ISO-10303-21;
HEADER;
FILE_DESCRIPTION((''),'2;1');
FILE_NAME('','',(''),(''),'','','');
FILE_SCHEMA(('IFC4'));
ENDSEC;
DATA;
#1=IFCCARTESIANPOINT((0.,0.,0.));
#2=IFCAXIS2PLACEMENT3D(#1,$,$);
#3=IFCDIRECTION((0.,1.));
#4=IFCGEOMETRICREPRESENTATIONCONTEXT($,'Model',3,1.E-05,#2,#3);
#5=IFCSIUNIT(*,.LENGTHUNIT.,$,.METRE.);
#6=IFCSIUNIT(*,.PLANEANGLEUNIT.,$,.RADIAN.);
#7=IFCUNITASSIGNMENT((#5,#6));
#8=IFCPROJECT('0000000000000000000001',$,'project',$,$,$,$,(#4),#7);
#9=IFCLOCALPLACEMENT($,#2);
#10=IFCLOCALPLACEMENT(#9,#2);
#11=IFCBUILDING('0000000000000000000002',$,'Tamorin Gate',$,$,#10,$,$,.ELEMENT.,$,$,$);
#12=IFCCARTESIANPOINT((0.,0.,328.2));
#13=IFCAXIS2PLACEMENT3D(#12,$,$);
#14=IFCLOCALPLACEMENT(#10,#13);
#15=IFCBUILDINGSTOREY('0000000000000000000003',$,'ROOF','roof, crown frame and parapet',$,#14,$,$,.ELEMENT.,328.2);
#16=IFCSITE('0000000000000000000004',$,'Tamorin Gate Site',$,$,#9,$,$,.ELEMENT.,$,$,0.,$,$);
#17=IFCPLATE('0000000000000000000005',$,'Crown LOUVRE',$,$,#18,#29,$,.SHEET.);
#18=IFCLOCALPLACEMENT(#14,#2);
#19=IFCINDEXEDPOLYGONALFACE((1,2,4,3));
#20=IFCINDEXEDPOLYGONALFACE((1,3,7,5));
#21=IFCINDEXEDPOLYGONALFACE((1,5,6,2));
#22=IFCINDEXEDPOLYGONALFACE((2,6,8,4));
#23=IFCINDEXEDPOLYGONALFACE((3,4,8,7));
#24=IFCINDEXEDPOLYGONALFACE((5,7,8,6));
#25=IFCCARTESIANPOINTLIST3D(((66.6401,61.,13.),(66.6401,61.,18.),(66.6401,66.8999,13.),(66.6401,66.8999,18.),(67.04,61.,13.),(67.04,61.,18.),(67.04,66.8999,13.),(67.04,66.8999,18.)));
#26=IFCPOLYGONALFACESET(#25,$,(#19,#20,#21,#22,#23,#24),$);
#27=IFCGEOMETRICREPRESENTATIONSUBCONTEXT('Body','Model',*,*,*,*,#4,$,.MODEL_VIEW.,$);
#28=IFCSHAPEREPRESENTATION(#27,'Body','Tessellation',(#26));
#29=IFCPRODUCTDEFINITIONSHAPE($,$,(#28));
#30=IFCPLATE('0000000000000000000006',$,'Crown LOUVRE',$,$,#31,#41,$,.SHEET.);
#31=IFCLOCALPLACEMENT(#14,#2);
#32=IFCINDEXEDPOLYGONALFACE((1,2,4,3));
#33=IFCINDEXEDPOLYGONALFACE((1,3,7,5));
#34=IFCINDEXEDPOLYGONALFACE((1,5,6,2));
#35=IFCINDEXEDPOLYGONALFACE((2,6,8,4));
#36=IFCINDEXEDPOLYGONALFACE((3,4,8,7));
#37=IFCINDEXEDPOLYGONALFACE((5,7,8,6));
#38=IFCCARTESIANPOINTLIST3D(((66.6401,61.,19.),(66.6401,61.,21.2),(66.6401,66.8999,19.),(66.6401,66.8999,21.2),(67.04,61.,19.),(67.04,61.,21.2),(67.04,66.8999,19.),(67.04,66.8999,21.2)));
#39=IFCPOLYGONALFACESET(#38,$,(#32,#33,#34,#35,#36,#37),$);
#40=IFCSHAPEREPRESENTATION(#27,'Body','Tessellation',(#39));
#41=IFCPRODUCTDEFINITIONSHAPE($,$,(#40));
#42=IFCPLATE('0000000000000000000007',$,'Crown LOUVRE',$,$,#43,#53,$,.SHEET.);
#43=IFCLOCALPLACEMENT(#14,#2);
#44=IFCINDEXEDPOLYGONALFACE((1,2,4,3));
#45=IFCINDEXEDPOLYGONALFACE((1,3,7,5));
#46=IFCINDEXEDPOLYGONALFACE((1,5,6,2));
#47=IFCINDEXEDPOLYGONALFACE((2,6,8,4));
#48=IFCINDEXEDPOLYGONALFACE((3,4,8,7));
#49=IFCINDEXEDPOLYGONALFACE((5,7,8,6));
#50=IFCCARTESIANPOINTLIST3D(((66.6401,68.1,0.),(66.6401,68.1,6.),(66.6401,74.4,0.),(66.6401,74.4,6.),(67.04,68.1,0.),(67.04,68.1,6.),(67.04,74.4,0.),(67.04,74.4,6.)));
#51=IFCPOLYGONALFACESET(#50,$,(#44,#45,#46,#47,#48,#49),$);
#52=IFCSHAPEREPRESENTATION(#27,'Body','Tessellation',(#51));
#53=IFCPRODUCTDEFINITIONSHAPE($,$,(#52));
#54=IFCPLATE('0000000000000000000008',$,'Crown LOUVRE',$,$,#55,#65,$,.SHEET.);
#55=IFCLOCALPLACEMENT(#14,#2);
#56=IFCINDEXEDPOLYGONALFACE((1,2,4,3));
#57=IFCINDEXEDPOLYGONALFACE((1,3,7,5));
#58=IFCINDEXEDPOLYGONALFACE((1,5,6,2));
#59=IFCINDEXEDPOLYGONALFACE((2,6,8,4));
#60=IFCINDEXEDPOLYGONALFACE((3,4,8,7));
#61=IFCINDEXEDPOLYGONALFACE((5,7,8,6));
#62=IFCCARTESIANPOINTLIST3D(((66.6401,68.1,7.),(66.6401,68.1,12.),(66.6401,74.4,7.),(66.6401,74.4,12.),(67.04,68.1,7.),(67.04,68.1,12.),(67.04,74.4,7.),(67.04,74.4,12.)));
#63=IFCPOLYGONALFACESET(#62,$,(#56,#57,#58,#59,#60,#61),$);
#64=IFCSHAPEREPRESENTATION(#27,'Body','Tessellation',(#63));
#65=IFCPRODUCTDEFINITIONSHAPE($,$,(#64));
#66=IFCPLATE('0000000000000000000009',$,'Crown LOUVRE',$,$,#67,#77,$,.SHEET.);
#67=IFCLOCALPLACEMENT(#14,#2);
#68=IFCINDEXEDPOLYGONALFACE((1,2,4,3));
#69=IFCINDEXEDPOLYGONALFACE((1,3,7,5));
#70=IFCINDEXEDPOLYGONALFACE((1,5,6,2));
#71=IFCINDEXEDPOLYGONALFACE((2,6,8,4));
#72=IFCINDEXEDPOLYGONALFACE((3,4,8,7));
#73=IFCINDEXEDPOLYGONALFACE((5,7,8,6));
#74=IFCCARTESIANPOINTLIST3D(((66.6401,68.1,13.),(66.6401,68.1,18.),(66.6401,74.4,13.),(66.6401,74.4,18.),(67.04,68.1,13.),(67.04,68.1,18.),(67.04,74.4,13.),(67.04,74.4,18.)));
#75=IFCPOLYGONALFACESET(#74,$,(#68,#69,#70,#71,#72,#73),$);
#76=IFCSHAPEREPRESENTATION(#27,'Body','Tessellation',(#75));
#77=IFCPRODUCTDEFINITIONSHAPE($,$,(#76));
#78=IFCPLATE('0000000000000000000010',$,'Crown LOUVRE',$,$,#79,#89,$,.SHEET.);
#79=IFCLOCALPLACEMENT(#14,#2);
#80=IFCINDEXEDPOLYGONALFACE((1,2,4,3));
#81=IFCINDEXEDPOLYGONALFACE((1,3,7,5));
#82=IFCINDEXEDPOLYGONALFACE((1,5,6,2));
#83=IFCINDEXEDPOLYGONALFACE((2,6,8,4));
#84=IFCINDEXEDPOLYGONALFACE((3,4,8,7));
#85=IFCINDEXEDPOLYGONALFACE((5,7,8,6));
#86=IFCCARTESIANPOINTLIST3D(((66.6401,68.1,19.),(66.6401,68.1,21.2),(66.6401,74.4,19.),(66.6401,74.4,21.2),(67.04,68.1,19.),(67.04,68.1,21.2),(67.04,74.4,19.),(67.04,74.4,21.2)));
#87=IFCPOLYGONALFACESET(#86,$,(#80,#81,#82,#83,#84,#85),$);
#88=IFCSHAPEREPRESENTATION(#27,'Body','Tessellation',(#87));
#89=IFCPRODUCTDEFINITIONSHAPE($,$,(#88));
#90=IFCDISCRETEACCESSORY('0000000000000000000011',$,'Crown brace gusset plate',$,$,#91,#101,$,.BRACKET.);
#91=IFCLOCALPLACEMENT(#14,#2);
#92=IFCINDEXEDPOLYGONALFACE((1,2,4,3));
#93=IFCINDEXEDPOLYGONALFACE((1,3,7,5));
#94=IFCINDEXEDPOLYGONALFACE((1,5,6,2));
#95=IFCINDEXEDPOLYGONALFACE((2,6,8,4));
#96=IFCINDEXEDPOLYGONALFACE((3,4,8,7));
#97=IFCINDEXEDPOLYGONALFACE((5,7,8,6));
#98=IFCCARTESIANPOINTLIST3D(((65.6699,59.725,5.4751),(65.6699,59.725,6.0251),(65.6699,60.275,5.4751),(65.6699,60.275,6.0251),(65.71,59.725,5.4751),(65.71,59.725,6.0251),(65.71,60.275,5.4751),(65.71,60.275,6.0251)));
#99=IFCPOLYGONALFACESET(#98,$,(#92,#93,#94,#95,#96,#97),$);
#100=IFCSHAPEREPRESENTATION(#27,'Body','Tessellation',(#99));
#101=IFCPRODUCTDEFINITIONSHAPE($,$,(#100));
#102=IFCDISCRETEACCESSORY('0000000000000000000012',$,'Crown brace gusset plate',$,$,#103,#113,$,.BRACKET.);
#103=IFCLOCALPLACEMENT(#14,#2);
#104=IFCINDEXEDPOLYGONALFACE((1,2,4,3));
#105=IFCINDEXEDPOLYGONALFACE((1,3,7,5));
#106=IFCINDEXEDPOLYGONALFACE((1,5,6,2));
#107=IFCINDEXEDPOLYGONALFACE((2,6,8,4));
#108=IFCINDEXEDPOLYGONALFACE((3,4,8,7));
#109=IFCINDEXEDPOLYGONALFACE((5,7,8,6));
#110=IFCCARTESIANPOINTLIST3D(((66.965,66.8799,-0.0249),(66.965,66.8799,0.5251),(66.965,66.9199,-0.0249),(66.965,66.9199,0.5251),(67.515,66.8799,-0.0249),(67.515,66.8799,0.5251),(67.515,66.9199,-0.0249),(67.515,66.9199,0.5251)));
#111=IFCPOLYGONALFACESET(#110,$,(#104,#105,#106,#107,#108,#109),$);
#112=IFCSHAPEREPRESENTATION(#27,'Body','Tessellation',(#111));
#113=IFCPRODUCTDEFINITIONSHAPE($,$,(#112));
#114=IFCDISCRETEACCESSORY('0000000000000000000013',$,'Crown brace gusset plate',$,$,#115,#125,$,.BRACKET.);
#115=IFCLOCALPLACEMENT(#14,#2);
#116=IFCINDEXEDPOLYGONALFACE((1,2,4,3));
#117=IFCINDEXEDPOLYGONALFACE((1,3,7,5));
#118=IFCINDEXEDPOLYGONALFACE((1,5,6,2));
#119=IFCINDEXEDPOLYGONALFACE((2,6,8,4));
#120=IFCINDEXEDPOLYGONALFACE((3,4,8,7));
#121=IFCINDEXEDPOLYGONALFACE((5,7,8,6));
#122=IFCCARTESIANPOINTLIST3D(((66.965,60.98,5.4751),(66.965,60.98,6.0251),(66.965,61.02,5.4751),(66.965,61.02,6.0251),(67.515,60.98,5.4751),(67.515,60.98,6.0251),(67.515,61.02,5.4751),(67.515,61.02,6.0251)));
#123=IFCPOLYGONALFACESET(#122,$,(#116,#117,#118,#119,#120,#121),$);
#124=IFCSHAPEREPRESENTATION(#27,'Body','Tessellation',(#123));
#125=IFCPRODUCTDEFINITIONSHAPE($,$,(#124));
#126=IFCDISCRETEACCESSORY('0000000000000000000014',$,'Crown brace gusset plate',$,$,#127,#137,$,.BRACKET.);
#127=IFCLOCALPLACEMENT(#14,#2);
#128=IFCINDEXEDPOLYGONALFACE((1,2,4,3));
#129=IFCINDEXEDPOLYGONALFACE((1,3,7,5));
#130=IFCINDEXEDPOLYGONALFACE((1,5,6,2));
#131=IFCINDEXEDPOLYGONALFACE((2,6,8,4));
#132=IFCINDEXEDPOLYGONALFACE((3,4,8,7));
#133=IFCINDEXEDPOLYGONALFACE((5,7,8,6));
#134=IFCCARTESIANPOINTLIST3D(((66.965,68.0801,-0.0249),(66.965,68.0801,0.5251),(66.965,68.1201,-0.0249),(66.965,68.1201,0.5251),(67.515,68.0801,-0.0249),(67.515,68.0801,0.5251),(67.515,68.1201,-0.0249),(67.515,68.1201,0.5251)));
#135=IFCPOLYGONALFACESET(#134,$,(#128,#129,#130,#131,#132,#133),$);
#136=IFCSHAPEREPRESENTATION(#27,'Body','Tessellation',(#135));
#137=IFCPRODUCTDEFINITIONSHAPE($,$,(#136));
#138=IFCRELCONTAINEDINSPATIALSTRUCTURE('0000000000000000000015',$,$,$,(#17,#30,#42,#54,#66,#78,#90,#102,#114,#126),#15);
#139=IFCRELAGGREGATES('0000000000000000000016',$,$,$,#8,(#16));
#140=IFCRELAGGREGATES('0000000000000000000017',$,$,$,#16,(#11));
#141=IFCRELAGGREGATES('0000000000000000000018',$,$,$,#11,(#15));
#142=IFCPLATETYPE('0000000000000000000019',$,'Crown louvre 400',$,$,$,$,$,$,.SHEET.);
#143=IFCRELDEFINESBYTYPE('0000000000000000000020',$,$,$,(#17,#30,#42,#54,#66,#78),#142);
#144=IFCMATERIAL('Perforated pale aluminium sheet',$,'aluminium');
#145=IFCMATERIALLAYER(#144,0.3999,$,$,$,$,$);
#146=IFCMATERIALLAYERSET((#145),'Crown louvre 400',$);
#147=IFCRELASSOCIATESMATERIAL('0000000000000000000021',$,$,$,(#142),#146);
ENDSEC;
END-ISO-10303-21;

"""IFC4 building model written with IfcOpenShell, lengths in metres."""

from ifc_helpers import new_model, si_unit, direction, frame, origin, origin_2d, place, context, subcontext, project, spatial, rectangle, extrude, material, layer, layer_set, type_object, element, save


model = new_model("IFC4")

# Units and contexts
model_context = context("Model", 3, precision=1e-05, world=origin(), true_north=direction((0.0, 1.0)))
body_context = subcontext(model_context, "Body", "Model", "MODEL_VIEW")
ifc_project = project(units=[si_unit("LENGTHUNIT", "METRE"), si_unit("PLANEANGLEUNIT", "RADIAN")], contexts=[model_context])

# Site, building, storey
site_placement = place(None, origin())
site = spatial("IfcSite", under=ifc_project, at=site_placement, Name="Tamorin Gate Site", CompositionType="ELEMENT", RefElevation=0.0)
building_placement = place(site_placement, origin())
building = spatial("IfcBuilding", under=site, at=building_placement, Name="Tamorin Gate", CompositionType="ELEMENT")
storey_placement = place(building_placement, frame((0.0, 0.0, 328.2)))
storey = spatial("IfcBuildingStorey", under=building, at=storey_placement, Name="ROOF", Description="roof, crown frame and parapet", CompositionType="ELEMENT", Elevation=328.2)

# Plates
ifc_material_1 = material(Name="Perforated pale aluminium sheet", Category="aluminium")
ifc_layer = layer(ifc_material_1, 0.3999)
ifc_layer_set = layer_set([ifc_layer], Name="Crown louvre 400")
plate_type = type_object("IfcPlateType", Name="Crown louvre 400", PredefinedType="SHEET", material=ifc_layer_set)
for number, where, z_axis, x_axis, name in (
    (1, (66.8401, 63.95, 13.0), (0.0, 0.0, 1.0), (0.0, 1.0, 0.0), "Crown LOUVRE"),
):
    element("IfcPlate", number, at=place(storey_placement, frame(where, z_axis=z_axis, x_axis=x_axis)), inside=storey, type_object=plate_type, Name=name, PredefinedType="SHEET", context=body_context, shape_type="SweptSolid", body=[
        extrude(rectangle(XDim=5.8999, YDim=0.3999, at=origin_2d()), origin(), (0.0, 0.0, 1.0), 5.0),
    ])
plate_1_placement = place(storey_placement, frame((66.8401, 63.95, 19.0), z_axis=(0.0, 0.0, 1.0), x_axis=(0.0, 1.0, 0.0)))
element("IfcPlate", 2, at=plate_1_placement, inside=storey, type_object=plate_type, Name="Crown LOUVRE", PredefinedType="SHEET", context=body_context, shape_type="SweptSolid", body=[
    extrude(rectangle(XDim=5.8999, YDim=0.3999, at=origin_2d()), origin(), (0.0, 0.0, 1.0), 2.2),
])
plate_2_placement = place(storey_placement, frame((66.8401, 71.25, 0.0), z_axis=(0.0, 0.0, 1.0), x_axis=(0.0, 1.0, 0.0)))
element("IfcPlate", 3, at=plate_2_placement, inside=storey, type_object=plate_type, Name="Crown LOUVRE", PredefinedType="SHEET", context=body_context, shape_type="SweptSolid", body=[
    extrude(rectangle(XDim=6.3, YDim=0.3999, at=origin_2d()), origin(), (0.0, 0.0, 1.0), 6.0),
])
for number, where, z_axis, x_axis, name in (
    (4, (66.8401, 71.25, 7.0), (0.0, 0.0, 1.0), (0.0, 1.0, 0.0), "Crown LOUVRE"),
    (5, (66.8401, 71.25, 13.0), (0.0, 0.0, 1.0), (0.0, 1.0, 0.0), "Crown LOUVRE"),
):
    element("IfcPlate", number, at=place(storey_placement, frame(where, z_axis=z_axis, x_axis=x_axis)), inside=storey, type_object=plate_type, Name=name, PredefinedType="SHEET", context=body_context, shape_type="SweptSolid", body=[
        extrude(rectangle(XDim=6.3, YDim=0.3999, at=origin_2d()), origin(), (0.0, 0.0, 1.0), 5.0),
    ])
plate_3_placement = place(storey_placement, frame((66.8401, 71.25, 19.0), z_axis=(0.0, 0.0, 1.0), x_axis=(0.0, 1.0, 0.0)))
element("IfcPlate", 6, at=plate_3_placement, inside=storey, type_object=plate_type, Name="Crown LOUVRE", PredefinedType="SHEET", context=body_context, shape_type="SweptSolid", body=[
    extrude(rectangle(XDim=6.3, YDim=0.3999, at=origin_2d()), origin(), (0.0, 0.0, 1.0), 2.2),
])

# Discrete accessories
for number, where, z_axis, x_axis, name in (
    (7, (65.6899, 60.0, 5.4751), (0.0, 0.0, 1.0), (1.0, 0.0, 0.0), "Crown brace gusset plate"),
    (8, (67.24, 66.8999, -0.0249), (0.0, 0.0, 1.0), (0.0, 1.0, 0.0), "Crown brace gusset plate"),
    (9, (67.24, 61.0, 5.4751), (0.0, 0.0, 1.0), (0.0, 1.0, 0.0), "Crown brace gusset plate"),
    (10, (67.24, 68.1001, -0.0249), (0.0, 0.0, 1.0), (0.0, 1.0, 0.0), "Crown brace gusset plate"),
):
    element("IfcDiscreteAccessory", number, at=place(storey_placement, frame(where, z_axis=z_axis, x_axis=x_axis)), inside=storey, Name=name, PredefinedType="BRACKET", context=body_context, shape_type="SweptSolid", body=[
        extrude(rectangle(XDim=0.04, YDim=0.55, at=origin_2d()), origin(), (0.0, 0.0, 1.0), 0.55),
    ])

save(model, "model.ifc")
